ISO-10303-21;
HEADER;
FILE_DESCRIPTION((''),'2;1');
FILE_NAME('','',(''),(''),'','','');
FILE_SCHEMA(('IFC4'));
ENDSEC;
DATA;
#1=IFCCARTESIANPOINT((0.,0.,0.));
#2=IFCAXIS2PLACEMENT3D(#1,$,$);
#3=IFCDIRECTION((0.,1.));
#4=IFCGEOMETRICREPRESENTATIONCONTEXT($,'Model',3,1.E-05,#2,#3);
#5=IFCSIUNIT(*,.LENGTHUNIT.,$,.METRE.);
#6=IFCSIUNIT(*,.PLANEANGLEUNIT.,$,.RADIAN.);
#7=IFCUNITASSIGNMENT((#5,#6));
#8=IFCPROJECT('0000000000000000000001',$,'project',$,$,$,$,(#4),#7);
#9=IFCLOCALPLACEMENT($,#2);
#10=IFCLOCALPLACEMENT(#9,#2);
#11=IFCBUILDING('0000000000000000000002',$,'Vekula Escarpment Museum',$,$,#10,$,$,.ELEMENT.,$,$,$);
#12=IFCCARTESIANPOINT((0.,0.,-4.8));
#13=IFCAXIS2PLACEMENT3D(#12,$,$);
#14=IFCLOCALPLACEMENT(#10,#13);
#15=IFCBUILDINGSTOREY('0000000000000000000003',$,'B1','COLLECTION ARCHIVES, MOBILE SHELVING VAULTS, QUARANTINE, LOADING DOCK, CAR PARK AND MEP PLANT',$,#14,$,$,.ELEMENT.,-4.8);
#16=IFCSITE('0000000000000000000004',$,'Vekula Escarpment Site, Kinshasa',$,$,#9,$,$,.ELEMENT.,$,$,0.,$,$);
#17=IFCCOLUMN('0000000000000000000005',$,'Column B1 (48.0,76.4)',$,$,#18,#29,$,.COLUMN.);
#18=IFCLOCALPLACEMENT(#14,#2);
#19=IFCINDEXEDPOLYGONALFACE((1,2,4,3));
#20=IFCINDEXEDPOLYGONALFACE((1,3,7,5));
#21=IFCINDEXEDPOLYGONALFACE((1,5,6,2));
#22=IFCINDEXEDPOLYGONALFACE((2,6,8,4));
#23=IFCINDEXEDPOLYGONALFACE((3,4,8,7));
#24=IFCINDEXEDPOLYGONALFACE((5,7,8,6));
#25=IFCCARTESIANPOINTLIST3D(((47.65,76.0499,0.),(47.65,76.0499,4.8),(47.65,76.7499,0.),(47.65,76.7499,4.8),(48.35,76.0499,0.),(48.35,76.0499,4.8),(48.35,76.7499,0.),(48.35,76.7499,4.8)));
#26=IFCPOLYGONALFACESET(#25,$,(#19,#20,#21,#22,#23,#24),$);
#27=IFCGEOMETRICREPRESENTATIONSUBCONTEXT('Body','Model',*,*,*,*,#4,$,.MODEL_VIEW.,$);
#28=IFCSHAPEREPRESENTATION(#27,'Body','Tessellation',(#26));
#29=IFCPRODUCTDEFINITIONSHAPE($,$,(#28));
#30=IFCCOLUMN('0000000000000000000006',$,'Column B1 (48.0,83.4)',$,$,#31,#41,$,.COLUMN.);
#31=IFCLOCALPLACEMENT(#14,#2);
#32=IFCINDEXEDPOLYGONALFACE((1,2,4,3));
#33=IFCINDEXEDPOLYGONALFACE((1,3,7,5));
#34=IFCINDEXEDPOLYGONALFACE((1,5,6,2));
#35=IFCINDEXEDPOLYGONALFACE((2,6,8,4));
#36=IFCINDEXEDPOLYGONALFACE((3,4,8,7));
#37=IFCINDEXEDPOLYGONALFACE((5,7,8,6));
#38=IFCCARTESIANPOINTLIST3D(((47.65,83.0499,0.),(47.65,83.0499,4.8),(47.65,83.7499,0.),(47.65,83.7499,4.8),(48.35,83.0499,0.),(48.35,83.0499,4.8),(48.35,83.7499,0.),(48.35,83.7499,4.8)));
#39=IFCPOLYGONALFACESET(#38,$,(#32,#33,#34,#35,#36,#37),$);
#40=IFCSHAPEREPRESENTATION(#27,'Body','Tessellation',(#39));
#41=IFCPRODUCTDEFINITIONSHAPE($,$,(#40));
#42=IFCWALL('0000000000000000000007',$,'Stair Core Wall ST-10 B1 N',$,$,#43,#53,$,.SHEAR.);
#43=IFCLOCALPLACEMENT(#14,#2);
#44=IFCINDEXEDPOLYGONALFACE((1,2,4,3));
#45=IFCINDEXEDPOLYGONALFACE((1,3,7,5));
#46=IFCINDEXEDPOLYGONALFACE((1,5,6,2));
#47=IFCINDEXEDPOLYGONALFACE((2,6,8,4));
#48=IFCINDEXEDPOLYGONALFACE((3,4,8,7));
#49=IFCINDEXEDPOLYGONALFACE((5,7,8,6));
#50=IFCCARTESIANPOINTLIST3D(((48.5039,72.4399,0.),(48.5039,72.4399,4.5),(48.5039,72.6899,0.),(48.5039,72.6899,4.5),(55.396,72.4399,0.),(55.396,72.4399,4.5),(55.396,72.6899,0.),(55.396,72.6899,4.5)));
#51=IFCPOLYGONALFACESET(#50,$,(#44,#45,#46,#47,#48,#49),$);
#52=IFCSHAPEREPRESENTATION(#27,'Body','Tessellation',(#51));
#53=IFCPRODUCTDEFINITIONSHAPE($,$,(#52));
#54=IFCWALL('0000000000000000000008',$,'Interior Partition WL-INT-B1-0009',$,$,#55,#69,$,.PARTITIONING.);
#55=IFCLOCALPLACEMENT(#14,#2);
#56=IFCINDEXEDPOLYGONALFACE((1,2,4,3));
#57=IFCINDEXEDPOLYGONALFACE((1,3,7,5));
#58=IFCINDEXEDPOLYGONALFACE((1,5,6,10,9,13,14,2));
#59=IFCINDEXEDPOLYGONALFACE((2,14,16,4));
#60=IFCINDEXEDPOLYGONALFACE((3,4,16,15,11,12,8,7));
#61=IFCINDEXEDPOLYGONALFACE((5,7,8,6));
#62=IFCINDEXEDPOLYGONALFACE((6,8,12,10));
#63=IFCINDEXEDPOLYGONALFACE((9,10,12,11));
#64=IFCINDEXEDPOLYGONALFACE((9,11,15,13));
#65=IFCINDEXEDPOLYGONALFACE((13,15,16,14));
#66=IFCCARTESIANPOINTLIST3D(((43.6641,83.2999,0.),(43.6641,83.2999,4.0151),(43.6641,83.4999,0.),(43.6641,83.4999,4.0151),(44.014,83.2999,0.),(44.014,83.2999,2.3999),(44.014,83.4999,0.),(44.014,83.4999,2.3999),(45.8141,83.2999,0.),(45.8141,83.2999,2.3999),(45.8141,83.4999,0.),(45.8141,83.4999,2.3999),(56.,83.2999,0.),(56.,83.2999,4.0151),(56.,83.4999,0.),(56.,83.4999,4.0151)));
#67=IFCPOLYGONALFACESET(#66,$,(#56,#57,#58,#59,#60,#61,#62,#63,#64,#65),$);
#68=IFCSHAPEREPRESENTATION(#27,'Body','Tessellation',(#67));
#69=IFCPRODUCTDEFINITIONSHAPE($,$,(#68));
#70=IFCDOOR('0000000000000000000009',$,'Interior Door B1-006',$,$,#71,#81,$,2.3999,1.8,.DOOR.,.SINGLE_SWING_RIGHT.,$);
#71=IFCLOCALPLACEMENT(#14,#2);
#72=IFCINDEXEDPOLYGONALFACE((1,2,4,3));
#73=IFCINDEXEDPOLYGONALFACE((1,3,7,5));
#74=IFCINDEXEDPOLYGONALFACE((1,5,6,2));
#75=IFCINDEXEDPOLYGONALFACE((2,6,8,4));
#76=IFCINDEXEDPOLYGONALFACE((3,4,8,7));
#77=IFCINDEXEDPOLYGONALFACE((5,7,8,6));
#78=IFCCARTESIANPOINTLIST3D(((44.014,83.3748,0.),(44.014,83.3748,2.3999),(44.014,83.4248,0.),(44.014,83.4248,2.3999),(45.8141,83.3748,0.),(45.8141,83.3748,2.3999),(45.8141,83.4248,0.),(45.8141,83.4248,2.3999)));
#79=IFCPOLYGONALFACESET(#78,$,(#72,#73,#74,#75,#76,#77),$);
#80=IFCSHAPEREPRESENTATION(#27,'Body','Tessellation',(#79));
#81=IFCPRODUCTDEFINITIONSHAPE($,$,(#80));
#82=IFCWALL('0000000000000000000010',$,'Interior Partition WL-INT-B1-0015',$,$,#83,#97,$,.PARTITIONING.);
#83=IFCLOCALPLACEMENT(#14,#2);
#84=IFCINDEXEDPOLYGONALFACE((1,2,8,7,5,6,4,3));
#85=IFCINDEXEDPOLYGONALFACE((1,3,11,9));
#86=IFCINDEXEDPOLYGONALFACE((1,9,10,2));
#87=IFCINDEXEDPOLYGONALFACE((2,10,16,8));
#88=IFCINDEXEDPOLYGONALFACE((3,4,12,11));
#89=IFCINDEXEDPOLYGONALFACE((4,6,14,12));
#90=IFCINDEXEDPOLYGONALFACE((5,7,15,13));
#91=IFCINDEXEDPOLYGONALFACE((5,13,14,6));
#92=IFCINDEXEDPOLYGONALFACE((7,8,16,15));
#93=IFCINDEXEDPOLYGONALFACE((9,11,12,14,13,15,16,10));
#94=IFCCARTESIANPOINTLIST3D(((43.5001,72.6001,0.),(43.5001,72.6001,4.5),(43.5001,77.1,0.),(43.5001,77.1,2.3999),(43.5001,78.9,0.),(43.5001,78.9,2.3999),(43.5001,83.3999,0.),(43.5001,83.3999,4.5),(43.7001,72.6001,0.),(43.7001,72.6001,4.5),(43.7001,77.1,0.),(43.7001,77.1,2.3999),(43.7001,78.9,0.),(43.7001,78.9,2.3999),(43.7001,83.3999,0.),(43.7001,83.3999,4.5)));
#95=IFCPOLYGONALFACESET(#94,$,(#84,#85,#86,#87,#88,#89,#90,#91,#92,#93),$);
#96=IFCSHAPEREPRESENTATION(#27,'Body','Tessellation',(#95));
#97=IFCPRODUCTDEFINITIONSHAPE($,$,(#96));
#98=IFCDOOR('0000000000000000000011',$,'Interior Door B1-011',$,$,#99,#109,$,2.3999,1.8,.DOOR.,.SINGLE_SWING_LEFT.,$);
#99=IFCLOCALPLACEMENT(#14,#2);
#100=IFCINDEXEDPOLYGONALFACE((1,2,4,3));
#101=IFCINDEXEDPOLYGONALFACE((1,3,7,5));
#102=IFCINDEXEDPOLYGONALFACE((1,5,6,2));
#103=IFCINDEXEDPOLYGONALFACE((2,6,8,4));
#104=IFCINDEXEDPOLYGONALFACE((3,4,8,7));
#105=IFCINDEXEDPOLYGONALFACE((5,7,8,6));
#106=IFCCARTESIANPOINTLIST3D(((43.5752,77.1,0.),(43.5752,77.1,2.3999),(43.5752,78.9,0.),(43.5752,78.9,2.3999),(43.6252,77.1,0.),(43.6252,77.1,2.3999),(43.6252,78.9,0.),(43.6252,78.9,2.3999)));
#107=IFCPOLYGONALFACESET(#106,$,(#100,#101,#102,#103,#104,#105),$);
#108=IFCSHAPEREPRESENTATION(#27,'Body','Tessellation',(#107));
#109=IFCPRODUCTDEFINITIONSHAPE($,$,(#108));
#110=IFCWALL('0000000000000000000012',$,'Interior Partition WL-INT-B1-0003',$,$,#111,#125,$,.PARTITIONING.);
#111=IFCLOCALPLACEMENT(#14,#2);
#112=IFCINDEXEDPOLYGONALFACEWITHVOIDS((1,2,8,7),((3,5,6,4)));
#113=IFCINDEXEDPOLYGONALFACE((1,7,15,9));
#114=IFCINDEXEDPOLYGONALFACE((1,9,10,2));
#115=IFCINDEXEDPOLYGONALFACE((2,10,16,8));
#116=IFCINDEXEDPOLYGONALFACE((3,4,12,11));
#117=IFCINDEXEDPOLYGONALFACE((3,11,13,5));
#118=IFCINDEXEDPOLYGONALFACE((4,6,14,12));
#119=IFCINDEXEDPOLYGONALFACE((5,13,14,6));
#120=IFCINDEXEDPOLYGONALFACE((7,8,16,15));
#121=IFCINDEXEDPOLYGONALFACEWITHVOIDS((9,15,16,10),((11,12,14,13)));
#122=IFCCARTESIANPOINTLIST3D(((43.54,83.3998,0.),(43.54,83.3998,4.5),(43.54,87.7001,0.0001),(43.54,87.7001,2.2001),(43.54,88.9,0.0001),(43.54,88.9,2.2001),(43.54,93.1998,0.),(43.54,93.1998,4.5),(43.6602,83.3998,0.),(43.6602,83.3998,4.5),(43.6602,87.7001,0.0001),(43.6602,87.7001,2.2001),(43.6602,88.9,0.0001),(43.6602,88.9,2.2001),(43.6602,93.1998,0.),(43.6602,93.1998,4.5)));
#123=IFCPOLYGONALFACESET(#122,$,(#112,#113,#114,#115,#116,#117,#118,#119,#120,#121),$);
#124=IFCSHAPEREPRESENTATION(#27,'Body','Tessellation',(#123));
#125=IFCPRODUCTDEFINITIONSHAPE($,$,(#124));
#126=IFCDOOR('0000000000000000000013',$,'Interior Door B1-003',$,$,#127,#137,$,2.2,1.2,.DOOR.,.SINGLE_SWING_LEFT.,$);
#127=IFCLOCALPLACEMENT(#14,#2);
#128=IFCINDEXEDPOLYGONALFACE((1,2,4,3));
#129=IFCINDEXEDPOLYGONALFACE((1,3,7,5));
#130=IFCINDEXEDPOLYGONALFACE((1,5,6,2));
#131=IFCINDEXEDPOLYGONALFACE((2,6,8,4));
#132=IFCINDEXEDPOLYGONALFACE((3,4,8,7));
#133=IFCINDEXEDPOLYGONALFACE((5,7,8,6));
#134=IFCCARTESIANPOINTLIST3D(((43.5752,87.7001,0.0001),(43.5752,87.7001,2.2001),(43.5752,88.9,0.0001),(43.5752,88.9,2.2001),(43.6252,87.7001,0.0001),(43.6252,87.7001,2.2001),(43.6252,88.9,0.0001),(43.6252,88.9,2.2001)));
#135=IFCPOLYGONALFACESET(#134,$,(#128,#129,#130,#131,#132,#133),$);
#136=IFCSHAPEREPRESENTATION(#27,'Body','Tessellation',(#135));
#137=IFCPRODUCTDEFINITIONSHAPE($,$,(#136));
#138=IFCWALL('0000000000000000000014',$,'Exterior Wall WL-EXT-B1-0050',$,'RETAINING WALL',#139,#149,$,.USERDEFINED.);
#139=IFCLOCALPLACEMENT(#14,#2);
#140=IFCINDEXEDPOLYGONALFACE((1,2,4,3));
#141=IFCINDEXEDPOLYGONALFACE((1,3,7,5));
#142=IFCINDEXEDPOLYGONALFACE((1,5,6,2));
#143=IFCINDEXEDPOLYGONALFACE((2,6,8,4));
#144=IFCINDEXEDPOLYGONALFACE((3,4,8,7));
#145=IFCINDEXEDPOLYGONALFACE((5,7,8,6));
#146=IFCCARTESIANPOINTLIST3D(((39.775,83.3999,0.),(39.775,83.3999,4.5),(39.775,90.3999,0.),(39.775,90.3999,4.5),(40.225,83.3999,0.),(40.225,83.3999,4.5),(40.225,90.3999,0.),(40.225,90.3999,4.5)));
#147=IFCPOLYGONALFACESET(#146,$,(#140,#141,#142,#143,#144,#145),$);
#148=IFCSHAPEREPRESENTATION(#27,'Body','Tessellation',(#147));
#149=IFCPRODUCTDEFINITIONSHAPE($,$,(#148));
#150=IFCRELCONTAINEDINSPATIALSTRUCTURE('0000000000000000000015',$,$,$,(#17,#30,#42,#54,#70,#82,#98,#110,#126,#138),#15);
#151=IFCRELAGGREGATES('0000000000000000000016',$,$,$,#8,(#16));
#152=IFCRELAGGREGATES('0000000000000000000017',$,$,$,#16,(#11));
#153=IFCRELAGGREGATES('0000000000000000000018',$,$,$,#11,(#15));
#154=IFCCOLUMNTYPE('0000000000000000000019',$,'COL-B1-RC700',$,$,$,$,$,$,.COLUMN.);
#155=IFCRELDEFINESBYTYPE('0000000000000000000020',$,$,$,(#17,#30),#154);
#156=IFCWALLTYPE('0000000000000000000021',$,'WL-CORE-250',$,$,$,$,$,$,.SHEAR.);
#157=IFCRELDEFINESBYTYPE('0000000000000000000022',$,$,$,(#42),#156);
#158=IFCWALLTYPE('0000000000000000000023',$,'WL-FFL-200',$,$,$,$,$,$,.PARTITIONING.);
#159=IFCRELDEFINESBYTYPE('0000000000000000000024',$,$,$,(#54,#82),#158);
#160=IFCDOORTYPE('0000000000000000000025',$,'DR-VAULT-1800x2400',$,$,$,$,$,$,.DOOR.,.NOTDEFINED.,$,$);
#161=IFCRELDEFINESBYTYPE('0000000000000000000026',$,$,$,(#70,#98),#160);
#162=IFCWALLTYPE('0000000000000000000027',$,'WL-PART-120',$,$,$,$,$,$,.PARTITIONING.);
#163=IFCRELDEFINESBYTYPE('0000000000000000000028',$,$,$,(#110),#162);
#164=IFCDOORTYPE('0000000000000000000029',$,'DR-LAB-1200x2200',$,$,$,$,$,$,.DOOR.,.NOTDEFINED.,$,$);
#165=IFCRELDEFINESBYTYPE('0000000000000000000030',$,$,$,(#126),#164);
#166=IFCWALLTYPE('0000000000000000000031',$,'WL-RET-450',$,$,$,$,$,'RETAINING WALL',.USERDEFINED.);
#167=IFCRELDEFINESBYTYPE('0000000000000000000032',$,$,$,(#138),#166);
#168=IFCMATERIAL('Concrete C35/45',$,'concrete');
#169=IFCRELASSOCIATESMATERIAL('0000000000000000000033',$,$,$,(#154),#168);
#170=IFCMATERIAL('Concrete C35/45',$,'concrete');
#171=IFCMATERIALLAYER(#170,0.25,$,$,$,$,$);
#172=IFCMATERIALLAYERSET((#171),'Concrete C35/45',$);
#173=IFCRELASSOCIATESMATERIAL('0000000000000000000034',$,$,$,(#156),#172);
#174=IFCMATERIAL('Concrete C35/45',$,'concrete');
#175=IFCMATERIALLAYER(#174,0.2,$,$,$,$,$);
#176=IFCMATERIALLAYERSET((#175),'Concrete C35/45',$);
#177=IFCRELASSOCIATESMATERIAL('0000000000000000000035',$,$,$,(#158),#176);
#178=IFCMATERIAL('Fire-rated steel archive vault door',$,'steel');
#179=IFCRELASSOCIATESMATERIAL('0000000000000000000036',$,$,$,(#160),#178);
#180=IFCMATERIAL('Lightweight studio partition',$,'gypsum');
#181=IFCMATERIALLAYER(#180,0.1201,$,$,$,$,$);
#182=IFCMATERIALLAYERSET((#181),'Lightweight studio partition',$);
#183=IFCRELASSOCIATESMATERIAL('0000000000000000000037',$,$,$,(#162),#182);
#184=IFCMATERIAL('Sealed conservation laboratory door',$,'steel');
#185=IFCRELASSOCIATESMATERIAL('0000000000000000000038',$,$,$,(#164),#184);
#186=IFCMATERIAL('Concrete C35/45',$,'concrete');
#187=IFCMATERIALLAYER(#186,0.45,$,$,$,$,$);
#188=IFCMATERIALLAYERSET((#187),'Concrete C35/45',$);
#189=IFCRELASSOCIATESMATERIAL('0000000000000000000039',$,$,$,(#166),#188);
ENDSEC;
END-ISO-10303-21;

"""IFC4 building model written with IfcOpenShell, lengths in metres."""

from ifc_helpers import new_model, si_unit, direction, frame, frame_2d, origin, origin_2d, place, context, subcontext, project, spatial, rectangle, extrude, material, layer, layer_set, material_profile, profile_set, type_object, element, fill, save


model = new_model("IFC4")

# Units and contexts
model_context = context("Model", 3, precision=1e-05, world=origin(), true_north=direction((0.0, 1.0)))
body_context = subcontext(model_context, "Body", "Model", "MODEL_VIEW")
ifc_project = project(units=[si_unit("LENGTHUNIT", "METRE"), si_unit("PLANEANGLEUNIT", "RADIAN")], contexts=[model_context])

# Site, building, storey
site_placement = place(None, origin())
site = spatial("IfcSite", under=ifc_project, at=site_placement, Name="Vekula Escarpment Site, Kinshasa", CompositionType="ELEMENT", RefElevation=0.0)
building_placement = place(site_placement, origin())
building = spatial("IfcBuilding", under=site, at=building_placement, Name="Vekula Escarpment Museum", CompositionType="ELEMENT")
storey_placement = place(building_placement, frame((0.0, 0.0, -4.8)))
storey = spatial("IfcBuildingStorey", under=building, at=storey_placement, Name="B1", Description="COLLECTION ARCHIVES, MOBILE SHELVING VAULTS, QUARANTINE, LOADING DOCK, CAR PARK AND MEP PLANT", CompositionType="ELEMENT", Elevation=-4.8)

# Columns
ifc_material_1 = material(Name="Concrete C35/45", Category="concrete")
ifc_material_profile_1 = material_profile(ifc_material_1, rectangle(XDim=0.7, YDim=0.7, at=origin_2d()), Name="RC 700x700")
ifc_profile_set_1 = profile_set([ifc_material_profile_1], Name="Concrete C35/45")
column_type = type_object("IfcColumnType", Name="COL-B1-RC700", PredefinedType="COLUMN", material=ifc_profile_set_1)
for number, where, z_axis, x_axis, name in (
    (1, (48.0, 76.3999, 0.0), (0.0, 0.0, 1.0), (1.0, 0.0, 0.0), "Column B1 (48.0,76.4)"),
    (2, (48.0, 83.3999, 0.0), (0.0, 0.0, 1.0), (1.0, 0.0, 0.0), "Column B1 (48.0,83.4)"),
):
    element("IfcColumn", number, at=place(storey_placement, frame(where, z_axis=z_axis, x_axis=x_axis)), inside=storey, type_object=column_type, Name=name, PredefinedType="COLUMN", context=body_context, shape_type="SweptSolid", body=[
        extrude(rectangle(XDim=0.7, YDim=0.7, at=origin_2d()), origin(), (0.0, 0.0, 1.0), 4.8),
    ])

# Wall
ifc_material_2 = material(Name="Concrete C35/45", Category="concrete")
ifc_layer_1 = layer(ifc_material_2, 0.25)
ifc_layer_set_1 = layer_set([ifc_layer_1], Name="Concrete C35/45")
wall_type_1 = type_object("IfcWallType", Name="WL-CORE-250", PredefinedType="SHEAR", material=ifc_layer_set_1)
wall_1_placement = place(storey_placement, frame((48.5039, 72.5649, 0.0), z_axis=(0.0, 0.0, 1.0), x_axis=(1.0, 0.0, 0.0)))
element("IfcWall", 3, at=wall_1_placement, inside=storey, type_object=wall_type_1, Name="Stair Core Wall ST-10 B1 N", PredefinedType="SHEAR", context=body_context, shape_type="SweptSolid", body=[
    extrude(rectangle(XDim=6.8921, YDim=0.25, at=frame_2d((3.446, 0.0))), origin(), (0.0, 0.0, 1.0), 4.5),
])

# Walls, openings, doors
ifc_material_3 = material(Name="Concrete C35/45", Category="concrete")
ifc_layer_2 = layer(ifc_material_3, 0.2)
ifc_layer_set_2 = layer_set([ifc_layer_2], Name="Concrete C35/45")
wall_type_2 = type_object("IfcWallType", Name="WL-FFL-200", PredefinedType="PARTITIONING", material=ifc_layer_set_2)
wall_2_placement = place(storey_placement, frame((43.6641, 83.3999, 0.0), z_axis=(0.0, 0.0, 1.0), x_axis=(1.0, 0.0, 0.0)))
wall_2 = element("IfcWall", 4, at=wall_2_placement, inside=storey, type_object=wall_type_2, Name="Interior Partition WL-INT-B1-0009", PredefinedType="PARTITIONING", context=body_context, shape_type="SweptSolid", body=[
    extrude(rectangle(XDim=12.3359, YDim=0.2, at=frame_2d((6.168, 0.0))), origin(), (0.0, 0.0, 1.0), 4.0151),
])
opening_1_placement = place(wall_2_placement, frame((0.3501, 0.0, 0.0)))
opening_1 = element("IfcOpeningElement", 5, at=opening_1_placement, cuts=wall_2, PredefinedType="OPENING", context=body_context, shape_type="SweptSolid", body=[
    extrude(rectangle(XDim=1.8, YDim=2.3999, at=frame_2d((0.8999, 1.2))), frame((0.0, 0.1099, 0.0), z_axis=(0.0, -1.0, 0.0), x_axis=(1.0, 0.0, 0.0)), (0.0, 0.0, 1.0), 0.22),
])
ifc_material_4 = material(Name="Fire-rated steel archive vault door", Category="steel")
door_type_1 = type_object("IfcDoorType", Name="DR-VAULT-1800x2400", OperationType="NOTDEFINED", PredefinedType="DOOR", material=ifc_material_4)
door_1_placement = place(opening_1_placement, origin())
door_1 = element("IfcDoor", 6, at=door_1_placement, inside=storey, type_object=door_type_1, Name="Interior Door B1-006", OperationType="SINGLE_SWING_RIGHT", OverallHeight=2.3999, OverallWidth=1.8, PredefinedType="DOOR", context=body_context, shape_type="SweptSolid", body=[
    extrude(rectangle(XDim=1.8, YDim=2.3999, at=frame_2d((0.8999, 1.2))), frame((0.0, 0.0249, 0.0), z_axis=(0.0, -1.0, 0.0), x_axis=(1.0, 0.0, 0.0)), (0.0, 0.0, 1.0), 0.05),
])
fill(opening_1, door_1)
wall_3_placement = place(storey_placement, frame((43.6001, 72.6001, 0.0), z_axis=(0.0, 0.0, 1.0), x_axis=(0.0, 1.0, 0.0)))
wall_3 = element("IfcWall", 7, at=wall_3_placement, inside=storey, type_object=wall_type_2, Name="Interior Partition WL-INT-B1-0015", PredefinedType="PARTITIONING", context=body_context, shape_type="SweptSolid", body=[
    extrude(rectangle(XDim=10.7998, YDim=0.2, at=frame_2d((5.3999, 0.0))), origin(), (0.0, 0.0, 1.0), 4.5),
])
opening_2_placement = place(wall_3_placement, frame((4.5, 0.0, 0.0)))
opening_2 = element("IfcOpeningElement", 8, at=opening_2_placement, cuts=wall_3, PredefinedType="OPENING", context=body_context, shape_type="SweptSolid", body=[
    extrude(rectangle(XDim=1.8, YDim=2.3999, at=frame_2d((0.8999, 1.2))), frame((0.0, 0.1099, 0.0), z_axis=(0.0, -1.0, 0.0), x_axis=(1.0, 0.0, 0.0)), (0.0, 0.0, 1.0), 0.22),
])
door_2_placement = place(opening_2_placement, origin())
door_2 = element("IfcDoor", 9, at=door_2_placement, inside=storey, type_object=door_type_1, Name="Interior Door B1-011", OperationType="SINGLE_SWING_LEFT", OverallHeight=2.3999, OverallWidth=1.8, PredefinedType="DOOR", context=body_context, shape_type="SweptSolid", body=[
    extrude(rectangle(XDim=1.8, YDim=2.3999, at=frame_2d((0.8999, 1.2))), frame((0.0, 0.0249, 0.0), z_axis=(0.0, -1.0, 0.0), x_axis=(1.0, 0.0, 0.0)), (0.0, 0.0, 1.0), 0.05),
])
fill(opening_2, door_2)
ifc_material_5 = material(Name="Lightweight studio partition", Category="gypsum")
ifc_layer_3 = layer(ifc_material_5, 0.1201)
ifc_layer_set_3 = layer_set([ifc_layer_3], Name="Lightweight studio partition")
wall_type_3 = type_object("IfcWallType", Name="WL-PART-120", PredefinedType="PARTITIONING", material=ifc_layer_set_3)
wall_4_placement = place(storey_placement, frame((43.6001, 83.3999, 0.0), z_axis=(0.0, 0.0, 1.0), x_axis=(0.0, 1.0, 0.0)))
wall_4 = element("IfcWall", 10, at=wall_4_placement, inside=storey, type_object=wall_type_3, Name="Interior Partition WL-INT-B1-0003", PredefinedType="PARTITIONING", context=body_context, shape_type="SweptSolid", body=[
    extrude(rectangle(XDim=9.8, YDim=0.1201, at=frame_2d((4.8999, 0.0))), origin(), (0.0, 0.0, 1.0), 4.5),
])
opening_3_placement = place(wall_4_placement, frame((4.3, 0.0, 0.0)))
opening_3 = element("IfcOpeningElement", 11, at=opening_3_placement, cuts=wall_4, PredefinedType="OPENING", context=body_context, shape_type="SweptSolid", body=[
    extrude(rectangle(XDim=1.2, YDim=2.2, at=frame_2d((0.6001, 1.1001))), frame((0.0, 0.0701, 0.0), z_axis=(0.0, -1.0, 0.0), x_axis=(1.0, 0.0, 0.0)), (0.0, 0.0, 1.0), 0.1401),
])
ifc_material_6 = material(Name="Sealed conservation laboratory door", Category="steel")
door_type_2 = type_object("IfcDoorType", Name="DR-LAB-1200x2200", OperationType="NOTDEFINED", PredefinedType="DOOR", material=ifc_material_6)
door_3_placement = place(opening_3_placement, origin())
door_3 = element("IfcDoor", 12, at=door_3_placement, inside=storey, type_object=door_type_2, Name="Interior Door B1-003", OperationType="SINGLE_SWING_LEFT", OverallHeight=2.2, OverallWidth=1.2, PredefinedType="DOOR", context=body_context, shape_type="SweptSolid", body=[
    extrude(rectangle(XDim=1.2, YDim=2.2, at=frame_2d((0.6001, 1.1001))), frame((0.0, 0.0249, 0.0), z_axis=(0.0, -1.0, 0.0), x_axis=(1.0, 0.0, 0.0)), (0.0, 0.0, 1.0), 0.05),
])
fill(opening_3, door_3)

# Wall
ifc_material_7 = material(Name="Concrete C35/45", Category="concrete")
ifc_layer_4 = layer(ifc_material_7, 0.45)
ifc_layer_set_4 = layer_set([ifc_layer_4], Name="Concrete C35/45")
wall_type_4 = type_object("IfcWallType", Name="WL-RET-450", ElementType="RETAINING WALL", PredefinedType="USERDEFINED", material=ifc_layer_set_4)
wall_5_placement = place(storey_placement, frame((40.0, 83.3999, 0.0), z_axis=(0.0, 0.0, 1.0), x_axis=(0.0, 1.0, 0.0)))
element("IfcWall", 13, at=wall_5_placement, inside=storey, type_object=wall_type_4, Name="Exterior Wall WL-EXT-B1-0050", ObjectType="RETAINING WALL", PredefinedType="USERDEFINED", context=body_context, shape_type="SweptSolid", body=[
    extrude(rectangle(XDim=7.0, YDim=0.45, at=frame_2d((3.5, 0.0))), origin(), (0.0, 0.0, 1.0), 4.5),
])

save(model, "model.ifc")
